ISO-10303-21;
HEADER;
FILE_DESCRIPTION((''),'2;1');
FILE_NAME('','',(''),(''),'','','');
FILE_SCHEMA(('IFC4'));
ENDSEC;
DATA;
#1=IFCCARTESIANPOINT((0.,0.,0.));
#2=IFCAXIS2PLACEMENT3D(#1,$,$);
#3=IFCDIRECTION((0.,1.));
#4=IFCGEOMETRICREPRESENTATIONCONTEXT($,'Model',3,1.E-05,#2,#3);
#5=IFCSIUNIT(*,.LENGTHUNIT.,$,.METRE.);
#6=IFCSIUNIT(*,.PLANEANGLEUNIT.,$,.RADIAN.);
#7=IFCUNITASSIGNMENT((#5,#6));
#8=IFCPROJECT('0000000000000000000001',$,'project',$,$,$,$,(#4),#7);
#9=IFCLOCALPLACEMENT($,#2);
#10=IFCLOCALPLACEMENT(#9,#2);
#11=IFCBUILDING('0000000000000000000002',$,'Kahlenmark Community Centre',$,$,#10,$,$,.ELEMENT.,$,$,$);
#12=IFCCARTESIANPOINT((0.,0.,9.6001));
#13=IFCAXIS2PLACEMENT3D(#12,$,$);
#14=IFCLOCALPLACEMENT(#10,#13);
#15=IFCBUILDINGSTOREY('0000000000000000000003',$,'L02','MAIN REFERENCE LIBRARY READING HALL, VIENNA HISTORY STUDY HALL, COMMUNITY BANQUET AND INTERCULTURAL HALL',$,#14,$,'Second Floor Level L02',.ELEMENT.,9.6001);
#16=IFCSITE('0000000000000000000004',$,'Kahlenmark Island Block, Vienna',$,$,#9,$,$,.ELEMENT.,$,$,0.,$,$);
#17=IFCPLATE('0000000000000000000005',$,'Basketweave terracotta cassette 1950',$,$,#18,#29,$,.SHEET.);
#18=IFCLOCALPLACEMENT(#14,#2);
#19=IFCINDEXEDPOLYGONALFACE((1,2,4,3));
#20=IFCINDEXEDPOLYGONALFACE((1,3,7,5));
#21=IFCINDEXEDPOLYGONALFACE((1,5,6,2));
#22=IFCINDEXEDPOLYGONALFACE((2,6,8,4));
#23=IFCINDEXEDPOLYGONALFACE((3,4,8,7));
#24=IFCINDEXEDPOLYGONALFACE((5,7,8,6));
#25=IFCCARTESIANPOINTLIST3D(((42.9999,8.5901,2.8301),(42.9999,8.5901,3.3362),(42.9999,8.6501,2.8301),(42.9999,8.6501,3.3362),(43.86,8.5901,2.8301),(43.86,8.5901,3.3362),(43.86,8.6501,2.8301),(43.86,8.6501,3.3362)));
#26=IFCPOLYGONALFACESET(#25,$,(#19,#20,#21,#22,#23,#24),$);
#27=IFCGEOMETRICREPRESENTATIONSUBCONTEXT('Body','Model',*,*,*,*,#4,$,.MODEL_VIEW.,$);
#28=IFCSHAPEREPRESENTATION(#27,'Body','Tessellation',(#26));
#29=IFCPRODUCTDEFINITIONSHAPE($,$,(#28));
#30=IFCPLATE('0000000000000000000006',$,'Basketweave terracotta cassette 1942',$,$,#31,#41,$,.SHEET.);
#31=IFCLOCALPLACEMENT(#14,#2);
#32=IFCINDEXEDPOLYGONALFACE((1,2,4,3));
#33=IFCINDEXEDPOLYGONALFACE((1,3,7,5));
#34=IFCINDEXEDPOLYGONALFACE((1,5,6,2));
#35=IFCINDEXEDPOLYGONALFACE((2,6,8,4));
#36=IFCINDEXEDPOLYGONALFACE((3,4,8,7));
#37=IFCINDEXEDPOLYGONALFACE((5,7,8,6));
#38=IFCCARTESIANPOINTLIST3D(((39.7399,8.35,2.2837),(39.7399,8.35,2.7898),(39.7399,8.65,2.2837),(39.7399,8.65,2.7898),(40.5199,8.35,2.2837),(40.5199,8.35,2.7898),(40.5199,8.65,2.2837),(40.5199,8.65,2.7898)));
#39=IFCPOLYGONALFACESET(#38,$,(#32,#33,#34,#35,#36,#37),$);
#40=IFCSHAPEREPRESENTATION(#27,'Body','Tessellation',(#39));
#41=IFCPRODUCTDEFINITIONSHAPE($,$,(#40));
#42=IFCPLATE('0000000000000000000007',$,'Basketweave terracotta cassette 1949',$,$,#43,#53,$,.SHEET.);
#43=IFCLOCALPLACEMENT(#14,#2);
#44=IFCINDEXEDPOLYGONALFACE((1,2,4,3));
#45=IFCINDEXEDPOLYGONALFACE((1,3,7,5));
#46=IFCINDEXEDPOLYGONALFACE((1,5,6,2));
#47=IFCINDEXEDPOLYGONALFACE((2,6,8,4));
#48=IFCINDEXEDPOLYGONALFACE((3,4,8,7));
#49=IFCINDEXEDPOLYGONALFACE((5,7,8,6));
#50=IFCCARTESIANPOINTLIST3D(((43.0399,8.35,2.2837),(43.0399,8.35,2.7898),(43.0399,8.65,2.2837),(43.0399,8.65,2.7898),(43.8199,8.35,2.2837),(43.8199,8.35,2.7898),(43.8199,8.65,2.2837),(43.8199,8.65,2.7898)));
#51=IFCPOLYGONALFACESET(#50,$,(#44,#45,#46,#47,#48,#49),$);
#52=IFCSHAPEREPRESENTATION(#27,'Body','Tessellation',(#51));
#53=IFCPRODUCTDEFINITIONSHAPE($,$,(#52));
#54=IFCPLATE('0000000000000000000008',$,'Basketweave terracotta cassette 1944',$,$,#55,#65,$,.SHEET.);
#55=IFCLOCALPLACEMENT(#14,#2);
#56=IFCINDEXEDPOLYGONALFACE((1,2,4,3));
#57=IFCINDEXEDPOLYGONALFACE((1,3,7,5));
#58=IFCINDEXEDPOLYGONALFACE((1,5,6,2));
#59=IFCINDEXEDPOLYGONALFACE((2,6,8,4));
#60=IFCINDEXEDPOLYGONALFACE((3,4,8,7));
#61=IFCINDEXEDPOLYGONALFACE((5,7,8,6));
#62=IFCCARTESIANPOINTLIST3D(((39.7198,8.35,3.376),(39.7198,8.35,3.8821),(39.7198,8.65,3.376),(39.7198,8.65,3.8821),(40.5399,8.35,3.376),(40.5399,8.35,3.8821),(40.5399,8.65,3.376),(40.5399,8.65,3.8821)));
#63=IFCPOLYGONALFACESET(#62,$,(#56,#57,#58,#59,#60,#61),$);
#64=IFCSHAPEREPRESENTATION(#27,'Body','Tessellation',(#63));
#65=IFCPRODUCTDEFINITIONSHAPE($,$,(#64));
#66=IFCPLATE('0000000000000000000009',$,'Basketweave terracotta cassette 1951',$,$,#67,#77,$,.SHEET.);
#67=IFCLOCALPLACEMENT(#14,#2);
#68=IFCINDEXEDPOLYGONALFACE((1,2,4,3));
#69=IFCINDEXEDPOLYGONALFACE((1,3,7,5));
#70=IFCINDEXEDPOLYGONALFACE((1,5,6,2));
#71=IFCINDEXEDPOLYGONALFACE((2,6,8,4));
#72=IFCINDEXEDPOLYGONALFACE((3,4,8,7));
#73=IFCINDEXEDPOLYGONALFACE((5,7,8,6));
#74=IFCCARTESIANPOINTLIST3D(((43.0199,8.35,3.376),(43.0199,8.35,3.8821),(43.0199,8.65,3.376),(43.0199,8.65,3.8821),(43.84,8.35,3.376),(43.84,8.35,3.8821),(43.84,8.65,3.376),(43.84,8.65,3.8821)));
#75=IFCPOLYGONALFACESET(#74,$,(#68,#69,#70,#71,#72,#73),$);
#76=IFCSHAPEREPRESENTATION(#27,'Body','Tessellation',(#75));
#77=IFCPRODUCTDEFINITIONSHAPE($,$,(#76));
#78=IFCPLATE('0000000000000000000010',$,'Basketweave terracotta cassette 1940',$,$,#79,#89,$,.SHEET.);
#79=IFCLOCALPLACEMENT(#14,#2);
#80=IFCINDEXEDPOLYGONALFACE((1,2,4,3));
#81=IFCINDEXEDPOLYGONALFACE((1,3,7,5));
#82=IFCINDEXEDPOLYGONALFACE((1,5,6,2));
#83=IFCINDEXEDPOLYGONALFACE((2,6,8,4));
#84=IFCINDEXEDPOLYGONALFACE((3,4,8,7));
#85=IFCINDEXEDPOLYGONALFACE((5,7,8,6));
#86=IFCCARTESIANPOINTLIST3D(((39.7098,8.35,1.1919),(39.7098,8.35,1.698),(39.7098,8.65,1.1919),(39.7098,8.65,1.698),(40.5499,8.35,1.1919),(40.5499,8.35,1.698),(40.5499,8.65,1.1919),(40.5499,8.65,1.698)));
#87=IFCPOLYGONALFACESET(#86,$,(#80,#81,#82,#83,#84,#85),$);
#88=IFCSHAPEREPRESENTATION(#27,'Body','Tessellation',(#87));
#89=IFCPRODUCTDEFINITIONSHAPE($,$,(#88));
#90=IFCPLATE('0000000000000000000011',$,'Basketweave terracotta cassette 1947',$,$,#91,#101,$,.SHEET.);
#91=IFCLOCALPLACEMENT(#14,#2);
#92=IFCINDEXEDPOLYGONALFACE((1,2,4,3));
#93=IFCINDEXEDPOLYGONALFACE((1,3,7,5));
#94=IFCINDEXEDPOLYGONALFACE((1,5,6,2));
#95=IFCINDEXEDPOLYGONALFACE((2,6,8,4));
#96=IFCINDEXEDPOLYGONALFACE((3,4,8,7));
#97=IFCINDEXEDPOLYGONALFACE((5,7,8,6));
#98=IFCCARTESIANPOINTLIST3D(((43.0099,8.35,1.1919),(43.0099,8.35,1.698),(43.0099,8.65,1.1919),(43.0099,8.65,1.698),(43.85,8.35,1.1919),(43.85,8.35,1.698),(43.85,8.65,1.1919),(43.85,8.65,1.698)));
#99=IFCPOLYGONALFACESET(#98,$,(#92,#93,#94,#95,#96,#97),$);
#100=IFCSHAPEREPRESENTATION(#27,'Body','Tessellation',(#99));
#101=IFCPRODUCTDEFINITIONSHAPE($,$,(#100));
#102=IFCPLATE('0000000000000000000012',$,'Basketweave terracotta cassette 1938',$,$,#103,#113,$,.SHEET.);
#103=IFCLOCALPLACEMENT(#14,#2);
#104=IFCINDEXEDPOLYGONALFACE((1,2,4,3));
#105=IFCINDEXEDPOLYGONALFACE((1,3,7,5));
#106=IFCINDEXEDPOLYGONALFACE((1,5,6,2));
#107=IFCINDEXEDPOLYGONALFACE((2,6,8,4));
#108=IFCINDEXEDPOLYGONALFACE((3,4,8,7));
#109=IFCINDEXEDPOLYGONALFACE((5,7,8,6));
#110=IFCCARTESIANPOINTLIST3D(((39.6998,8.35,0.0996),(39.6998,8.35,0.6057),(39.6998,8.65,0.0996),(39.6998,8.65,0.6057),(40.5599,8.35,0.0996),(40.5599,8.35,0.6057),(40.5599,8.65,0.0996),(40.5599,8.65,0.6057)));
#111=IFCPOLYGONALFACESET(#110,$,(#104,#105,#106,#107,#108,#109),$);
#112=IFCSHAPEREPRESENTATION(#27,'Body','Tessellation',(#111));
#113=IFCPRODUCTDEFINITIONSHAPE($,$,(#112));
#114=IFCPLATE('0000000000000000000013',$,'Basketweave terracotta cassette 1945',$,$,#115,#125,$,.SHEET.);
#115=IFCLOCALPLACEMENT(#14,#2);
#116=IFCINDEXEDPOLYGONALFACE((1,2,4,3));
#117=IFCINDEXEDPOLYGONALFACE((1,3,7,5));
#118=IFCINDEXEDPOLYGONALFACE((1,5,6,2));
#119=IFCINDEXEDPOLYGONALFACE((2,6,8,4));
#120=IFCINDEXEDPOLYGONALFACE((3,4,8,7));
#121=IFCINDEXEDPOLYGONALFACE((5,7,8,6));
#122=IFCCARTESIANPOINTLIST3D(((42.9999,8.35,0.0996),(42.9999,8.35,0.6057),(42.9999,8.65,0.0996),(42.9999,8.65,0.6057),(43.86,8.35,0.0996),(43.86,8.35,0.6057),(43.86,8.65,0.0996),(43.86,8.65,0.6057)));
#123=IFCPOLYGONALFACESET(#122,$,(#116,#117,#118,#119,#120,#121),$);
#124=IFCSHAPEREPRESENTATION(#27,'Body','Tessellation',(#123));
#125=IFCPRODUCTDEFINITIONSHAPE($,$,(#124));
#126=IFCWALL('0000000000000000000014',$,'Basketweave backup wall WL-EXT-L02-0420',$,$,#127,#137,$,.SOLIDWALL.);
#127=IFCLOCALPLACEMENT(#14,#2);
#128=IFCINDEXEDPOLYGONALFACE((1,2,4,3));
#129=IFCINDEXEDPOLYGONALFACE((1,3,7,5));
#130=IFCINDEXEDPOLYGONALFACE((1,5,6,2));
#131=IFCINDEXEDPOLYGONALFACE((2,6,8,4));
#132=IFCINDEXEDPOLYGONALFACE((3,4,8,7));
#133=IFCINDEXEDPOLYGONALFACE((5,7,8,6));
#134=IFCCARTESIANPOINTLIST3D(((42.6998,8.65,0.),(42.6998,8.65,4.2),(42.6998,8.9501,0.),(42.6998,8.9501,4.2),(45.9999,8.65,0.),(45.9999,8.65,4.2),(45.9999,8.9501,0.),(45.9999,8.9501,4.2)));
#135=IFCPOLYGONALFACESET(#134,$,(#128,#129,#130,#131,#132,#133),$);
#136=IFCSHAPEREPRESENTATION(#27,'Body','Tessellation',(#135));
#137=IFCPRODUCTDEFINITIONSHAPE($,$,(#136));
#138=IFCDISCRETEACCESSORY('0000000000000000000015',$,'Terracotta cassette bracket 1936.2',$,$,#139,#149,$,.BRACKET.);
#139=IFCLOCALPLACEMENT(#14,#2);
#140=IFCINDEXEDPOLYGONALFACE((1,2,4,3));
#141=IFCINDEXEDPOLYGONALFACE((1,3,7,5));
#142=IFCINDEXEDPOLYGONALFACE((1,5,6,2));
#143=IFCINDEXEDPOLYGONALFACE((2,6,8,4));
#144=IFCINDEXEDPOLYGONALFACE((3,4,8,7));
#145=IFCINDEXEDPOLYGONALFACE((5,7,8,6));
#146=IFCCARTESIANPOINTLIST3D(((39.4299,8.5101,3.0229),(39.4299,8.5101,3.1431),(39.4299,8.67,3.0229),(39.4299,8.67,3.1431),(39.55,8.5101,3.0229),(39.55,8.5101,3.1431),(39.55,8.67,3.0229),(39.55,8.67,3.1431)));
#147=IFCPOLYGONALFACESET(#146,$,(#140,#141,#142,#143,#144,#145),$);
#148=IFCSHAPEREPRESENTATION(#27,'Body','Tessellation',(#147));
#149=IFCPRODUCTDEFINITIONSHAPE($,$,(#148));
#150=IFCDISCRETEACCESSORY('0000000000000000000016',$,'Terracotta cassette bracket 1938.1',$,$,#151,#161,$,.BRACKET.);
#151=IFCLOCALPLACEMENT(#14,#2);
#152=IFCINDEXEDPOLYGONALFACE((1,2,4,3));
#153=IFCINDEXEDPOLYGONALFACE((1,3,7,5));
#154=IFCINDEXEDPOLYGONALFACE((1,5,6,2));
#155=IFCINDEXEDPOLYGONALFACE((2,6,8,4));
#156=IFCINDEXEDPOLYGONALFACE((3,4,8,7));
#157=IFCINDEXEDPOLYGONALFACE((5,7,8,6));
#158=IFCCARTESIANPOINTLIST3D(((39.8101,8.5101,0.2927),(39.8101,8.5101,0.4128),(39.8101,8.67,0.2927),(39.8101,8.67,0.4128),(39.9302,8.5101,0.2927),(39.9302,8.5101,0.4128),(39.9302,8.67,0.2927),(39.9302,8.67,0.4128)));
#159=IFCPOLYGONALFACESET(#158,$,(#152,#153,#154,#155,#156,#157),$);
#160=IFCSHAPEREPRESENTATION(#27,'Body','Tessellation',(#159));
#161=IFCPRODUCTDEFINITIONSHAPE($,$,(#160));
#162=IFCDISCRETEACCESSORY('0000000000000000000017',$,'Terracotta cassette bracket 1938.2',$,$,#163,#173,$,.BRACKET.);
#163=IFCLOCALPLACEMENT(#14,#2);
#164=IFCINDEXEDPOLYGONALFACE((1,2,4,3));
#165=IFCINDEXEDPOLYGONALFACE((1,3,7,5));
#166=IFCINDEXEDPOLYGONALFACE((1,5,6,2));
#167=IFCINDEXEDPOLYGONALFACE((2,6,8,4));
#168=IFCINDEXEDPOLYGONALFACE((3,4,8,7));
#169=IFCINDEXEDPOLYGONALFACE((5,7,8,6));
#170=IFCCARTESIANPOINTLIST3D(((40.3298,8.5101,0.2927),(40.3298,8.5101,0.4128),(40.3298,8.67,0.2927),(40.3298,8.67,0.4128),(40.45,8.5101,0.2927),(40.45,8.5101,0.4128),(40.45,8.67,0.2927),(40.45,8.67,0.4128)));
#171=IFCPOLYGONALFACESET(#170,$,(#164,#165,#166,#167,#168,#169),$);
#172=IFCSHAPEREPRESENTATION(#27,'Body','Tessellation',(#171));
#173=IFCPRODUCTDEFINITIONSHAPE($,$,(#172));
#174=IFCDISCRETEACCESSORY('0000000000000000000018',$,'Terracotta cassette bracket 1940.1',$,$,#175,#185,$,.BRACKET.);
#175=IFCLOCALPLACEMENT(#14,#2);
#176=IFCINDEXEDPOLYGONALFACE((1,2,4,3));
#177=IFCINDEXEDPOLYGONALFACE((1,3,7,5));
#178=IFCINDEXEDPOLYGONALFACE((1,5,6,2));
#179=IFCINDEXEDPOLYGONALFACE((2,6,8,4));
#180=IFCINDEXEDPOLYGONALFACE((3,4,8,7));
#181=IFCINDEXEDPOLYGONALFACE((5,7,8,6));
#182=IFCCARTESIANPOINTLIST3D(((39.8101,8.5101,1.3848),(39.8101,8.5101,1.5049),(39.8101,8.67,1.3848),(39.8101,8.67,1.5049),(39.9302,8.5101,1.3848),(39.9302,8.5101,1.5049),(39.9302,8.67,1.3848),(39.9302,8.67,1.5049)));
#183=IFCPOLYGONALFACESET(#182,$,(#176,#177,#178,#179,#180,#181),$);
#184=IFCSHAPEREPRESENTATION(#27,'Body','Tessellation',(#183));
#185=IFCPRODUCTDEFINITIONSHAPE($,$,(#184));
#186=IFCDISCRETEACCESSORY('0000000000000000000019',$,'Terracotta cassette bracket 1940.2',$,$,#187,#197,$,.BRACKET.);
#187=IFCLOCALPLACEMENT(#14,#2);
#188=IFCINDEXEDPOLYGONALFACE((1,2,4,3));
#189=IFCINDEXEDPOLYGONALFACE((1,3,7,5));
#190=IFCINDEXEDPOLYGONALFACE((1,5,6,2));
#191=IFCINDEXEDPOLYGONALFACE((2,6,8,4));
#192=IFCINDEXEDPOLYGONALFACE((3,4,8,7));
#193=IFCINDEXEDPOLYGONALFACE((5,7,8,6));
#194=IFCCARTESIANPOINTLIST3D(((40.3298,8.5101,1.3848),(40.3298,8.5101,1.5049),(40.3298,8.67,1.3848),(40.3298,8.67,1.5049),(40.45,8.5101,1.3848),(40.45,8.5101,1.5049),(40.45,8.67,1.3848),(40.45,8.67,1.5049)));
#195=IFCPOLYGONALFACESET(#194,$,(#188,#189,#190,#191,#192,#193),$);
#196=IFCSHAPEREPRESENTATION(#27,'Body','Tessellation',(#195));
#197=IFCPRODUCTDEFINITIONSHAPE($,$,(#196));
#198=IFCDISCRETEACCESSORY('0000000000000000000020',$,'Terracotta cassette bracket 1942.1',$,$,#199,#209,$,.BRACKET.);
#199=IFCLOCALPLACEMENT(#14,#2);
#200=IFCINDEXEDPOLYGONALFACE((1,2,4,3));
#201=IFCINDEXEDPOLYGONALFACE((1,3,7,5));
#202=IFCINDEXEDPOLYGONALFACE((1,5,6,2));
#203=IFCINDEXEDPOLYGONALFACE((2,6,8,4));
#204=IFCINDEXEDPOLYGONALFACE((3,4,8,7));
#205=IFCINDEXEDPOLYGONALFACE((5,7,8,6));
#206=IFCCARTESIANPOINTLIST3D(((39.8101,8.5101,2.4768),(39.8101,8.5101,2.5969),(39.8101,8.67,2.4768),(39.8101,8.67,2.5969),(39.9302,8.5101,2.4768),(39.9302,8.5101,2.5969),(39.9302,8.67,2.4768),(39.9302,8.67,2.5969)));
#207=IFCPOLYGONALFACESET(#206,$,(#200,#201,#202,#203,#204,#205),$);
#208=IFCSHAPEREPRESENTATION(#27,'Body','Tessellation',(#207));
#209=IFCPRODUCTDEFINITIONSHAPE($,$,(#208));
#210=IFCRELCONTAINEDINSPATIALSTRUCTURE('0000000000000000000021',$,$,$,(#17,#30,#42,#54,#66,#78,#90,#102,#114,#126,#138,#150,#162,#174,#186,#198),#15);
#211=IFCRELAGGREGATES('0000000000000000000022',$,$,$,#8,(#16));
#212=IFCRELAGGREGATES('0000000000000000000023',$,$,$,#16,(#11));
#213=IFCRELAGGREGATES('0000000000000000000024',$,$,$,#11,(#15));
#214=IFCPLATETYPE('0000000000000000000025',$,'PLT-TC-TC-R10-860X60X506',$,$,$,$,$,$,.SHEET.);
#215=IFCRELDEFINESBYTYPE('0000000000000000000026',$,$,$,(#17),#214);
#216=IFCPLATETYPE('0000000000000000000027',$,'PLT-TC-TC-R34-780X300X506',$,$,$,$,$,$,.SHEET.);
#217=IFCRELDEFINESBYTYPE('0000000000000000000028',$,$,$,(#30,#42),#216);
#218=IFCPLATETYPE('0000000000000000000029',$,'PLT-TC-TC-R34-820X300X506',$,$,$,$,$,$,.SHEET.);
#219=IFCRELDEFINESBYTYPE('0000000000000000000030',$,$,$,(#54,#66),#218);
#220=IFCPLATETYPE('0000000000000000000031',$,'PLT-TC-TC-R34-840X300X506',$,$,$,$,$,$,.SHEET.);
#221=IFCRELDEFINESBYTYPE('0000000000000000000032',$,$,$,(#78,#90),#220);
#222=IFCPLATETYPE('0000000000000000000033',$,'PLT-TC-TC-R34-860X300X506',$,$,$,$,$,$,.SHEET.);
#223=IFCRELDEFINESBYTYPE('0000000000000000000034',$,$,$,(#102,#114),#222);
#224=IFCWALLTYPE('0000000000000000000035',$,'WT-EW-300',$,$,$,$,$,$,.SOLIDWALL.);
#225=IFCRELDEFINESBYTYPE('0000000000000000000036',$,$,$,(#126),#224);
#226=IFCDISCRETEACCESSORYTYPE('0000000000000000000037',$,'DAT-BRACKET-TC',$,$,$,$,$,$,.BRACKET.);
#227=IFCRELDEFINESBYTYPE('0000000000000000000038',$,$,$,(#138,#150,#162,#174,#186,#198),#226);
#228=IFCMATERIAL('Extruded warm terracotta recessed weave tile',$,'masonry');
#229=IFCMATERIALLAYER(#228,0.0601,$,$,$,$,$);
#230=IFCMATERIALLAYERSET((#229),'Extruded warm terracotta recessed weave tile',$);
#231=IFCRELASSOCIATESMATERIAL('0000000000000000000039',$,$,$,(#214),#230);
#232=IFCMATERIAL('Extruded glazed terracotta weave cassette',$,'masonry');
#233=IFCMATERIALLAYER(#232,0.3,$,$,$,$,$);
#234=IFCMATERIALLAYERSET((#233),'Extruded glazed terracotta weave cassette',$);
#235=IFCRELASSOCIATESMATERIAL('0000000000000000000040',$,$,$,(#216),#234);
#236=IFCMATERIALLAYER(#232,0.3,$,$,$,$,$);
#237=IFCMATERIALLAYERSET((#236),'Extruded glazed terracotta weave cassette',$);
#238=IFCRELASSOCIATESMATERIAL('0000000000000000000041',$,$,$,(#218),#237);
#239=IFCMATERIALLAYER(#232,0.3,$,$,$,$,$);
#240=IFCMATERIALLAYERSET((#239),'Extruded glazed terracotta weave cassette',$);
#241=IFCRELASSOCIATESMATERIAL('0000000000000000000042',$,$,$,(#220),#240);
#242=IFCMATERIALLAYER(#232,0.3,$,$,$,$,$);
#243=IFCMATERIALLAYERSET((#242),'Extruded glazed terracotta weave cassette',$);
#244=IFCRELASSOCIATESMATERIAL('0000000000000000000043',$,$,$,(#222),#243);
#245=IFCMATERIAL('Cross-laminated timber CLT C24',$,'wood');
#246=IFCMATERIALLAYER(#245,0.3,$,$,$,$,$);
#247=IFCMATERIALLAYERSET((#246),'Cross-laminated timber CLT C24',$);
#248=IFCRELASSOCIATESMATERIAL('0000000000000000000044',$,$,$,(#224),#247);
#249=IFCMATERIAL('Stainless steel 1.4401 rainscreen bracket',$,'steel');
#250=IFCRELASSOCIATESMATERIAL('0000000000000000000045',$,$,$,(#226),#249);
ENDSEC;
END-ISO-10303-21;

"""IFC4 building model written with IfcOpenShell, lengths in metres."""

from ifc_helpers import new_model, si_unit, direction, frame, frame_2d, origin, origin_2d, place, context, subcontext, project, spatial, rectangle, extrude, material, layer, layer_set, type_object, element, save


model = new_model("IFC4")

# Units and contexts
model_context = context("Model", 3, precision=1e-05, world=origin(), true_north=direction((0.0, 1.0)))
body_context = subcontext(model_context, "Body", "Model", "MODEL_VIEW")
ifc_project = project(units=[si_unit("LENGTHUNIT", "METRE"), si_unit("PLANEANGLEUNIT", "RADIAN")], contexts=[model_context])

# Site, building, storey
site_placement = place(None, origin())
site = spatial("IfcSite", under=ifc_project, at=site_placement, Name="Kahlenmark Island Block, Vienna", CompositionType="ELEMENT", RefElevation=0.0)
building_placement = place(site_placement, origin())
building = spatial("IfcBuilding", under=site, at=building_placement, Name="Kahlenmark Community Centre", CompositionType="ELEMENT")
storey_placement = place(building_placement, frame((0.0, 0.0, 9.6001)))
storey = spatial("IfcBuildingStorey", under=building, at=storey_placement, Name="L02", Description="MAIN REFERENCE LIBRARY READING HALL, VIENNA HISTORY STUDY HALL, COMMUNITY BANQUET AND INTERCULTURAL HALL", LongName="Second Floor Level L02", CompositionType="ELEMENT", Elevation=9.6001)

# Plates
ifc_material_1 = material(Name="Extruded warm terracotta recessed weave tile", Category="masonry")
ifc_layer_1 = layer(ifc_material_1, 0.0601)
ifc_layer_set_1 = layer_set([ifc_layer_1], Name="Extruded warm terracotta recessed weave tile")
plate_type_1 = type_object("IfcPlateType", Name="PLT-TC-TC-R10-860X60X506", PredefinedType="SHEET", material=ifc_layer_set_1)
for number, where, z_axis, x_axis, name in (
    (1, (43.4299, 8.6201, 2.8301), (0.0, 0.0, 1.0), (1.0, 0.0, 0.0), "Basketweave terracotta cassette 1950"),
):
    element("IfcPlate", number, at=place(storey_placement, frame(where, z_axis=z_axis, x_axis=x_axis)), inside=storey, type_object=plate_type_1, Name=name, PredefinedType="SHEET", context=body_context, shape_type="SweptSolid", body=[
        extrude(rectangle(XDim=0.8601, YDim=0.0601, at=origin_2d()), origin(), (0.0, 0.0, 1.0), 0.5061),
    ])
ifc_material_2 = material(Name="Extruded glazed terracotta weave cassette", Category="masonry")
ifc_layer_2 = layer(ifc_material_2, 0.3)
ifc_layer_set_2 = layer_set([ifc_layer_2], Name="Extruded glazed terracotta weave cassette")
plate_type_2 = type_object("IfcPlateType", Name="PLT-TC-TC-R34-780X300X506", PredefinedType="SHEET", material=ifc_layer_set_2)
for number, where, z_axis, x_axis, name in (
    (2, (40.1299, 8.5, 2.2837), (0.0, 0.0, 1.0), (1.0, 0.0, 0.0), "Basketweave terracotta cassette 1942"),
    (3, (43.4299, 8.5, 2.2837), (0.0, 0.0, 1.0), (1.0, 0.0, 0.0), "Basketweave terracotta cassette 1949"),
):
    element("IfcPlate", number, at=place(storey_placement, frame(where, z_axis=z_axis, x_axis=x_axis)), inside=storey, type_object=plate_type_2, Name=name, PredefinedType="SHEET", context=body_context, shape_type="SweptSolid", body=[
        extrude(rectangle(XDim=0.78, YDim=0.3, at=origin_2d()), origin(), (0.0, 0.0, 1.0), 0.5061),
    ])
ifc_layer_3 = layer(ifc_material_2, 0.3)
ifc_layer_set_3 = layer_set([ifc_layer_3], Name="Extruded glazed terracotta weave cassette")
plate_type_3 = type_object("IfcPlateType", Name="PLT-TC-TC-R34-820X300X506", PredefinedType="SHEET", material=ifc_layer_set_3)
for number, where, z_axis, x_axis, name in (
    (4, (40.1299, 8.5, 3.376), (0.0, 0.0, 1.0), (1.0, 0.0, 0.0), "Basketweave terracotta cassette 1944"),
    (5, (43.4299, 8.5, 3.376), (0.0, 0.0, 1.0), (1.0, 0.0, 0.0), "Basketweave terracotta cassette 1951"),
):
    element("IfcPlate", number, at=place(storey_placement, frame(where, z_axis=z_axis, x_axis=x_axis)), inside=storey, type_object=plate_type_3, Name=name, PredefinedType="SHEET", context=body_context, shape_type="SweptSolid", body=[
        extrude(rectangle(XDim=0.8201, YDim=0.3, at=origin_2d()), origin(), (0.0, 0.0, 1.0), 0.5061),
    ])
ifc_layer_4 = layer(ifc_material_2, 0.3)
ifc_layer_set_4 = layer_set([ifc_layer_4], Name="Extruded glazed terracotta weave cassette")
plate_type_4 = type_object("IfcPlateType", Name="PLT-TC-TC-R34-840X300X506", PredefinedType="SHEET", material=ifc_layer_set_4)
for number, where, z_axis, x_axis, name in (
    (6, (40.1299, 8.5, 1.1919), (0.0, 0.0, 1.0), (1.0, 0.0, 0.0), "Basketweave terracotta cassette 1940"),
    (7, (43.4299, 8.5, 1.1919), (0.0, 0.0, 1.0), (1.0, 0.0, 0.0), "Basketweave terracotta cassette 1947"),
):
    element("IfcPlate", number, at=place(storey_placement, frame(where, z_axis=z_axis, x_axis=x_axis)), inside=storey, type_object=plate_type_4, Name=name, PredefinedType="SHEET", context=body_context, shape_type="SweptSolid", body=[
        extrude(rectangle(XDim=0.8401, YDim=0.3, at=origin_2d()), origin(), (0.0, 0.0, 1.0), 0.5061),
    ])
ifc_layer_5 = layer(ifc_material_2, 0.3)
ifc_layer_set_5 = layer_set([ifc_layer_5], Name="Extruded glazed terracotta weave cassette")
plate_type_5 = type_object("IfcPlateType", Name="PLT-TC-TC-R34-860X300X506", PredefinedType="SHEET", material=ifc_layer_set_5)
for number, where, z_axis, x_axis, name in (
    (8, (40.1299, 8.5, 0.0996), (0.0, 0.0, 1.0), (1.0, 0.0, 0.0), "Basketweave terracotta cassette 1938"),
    (9, (43.4299, 8.5, 0.0996), (0.0, 0.0, 1.0), (1.0, 0.0, 0.0), "Basketweave terracotta cassette 1945"),
):
    element("IfcPlate", number, at=place(storey_placement, frame(where, z_axis=z_axis, x_axis=x_axis)), inside=storey, type_object=plate_type_5, Name=name, PredefinedType="SHEET", context=body_context, shape_type="SweptSolid", body=[
        extrude(rectangle(XDim=0.8601, YDim=0.3, at=origin_2d()), origin(), (0.0, 0.0, 1.0), 0.5061),
    ])

# Wall
ifc_material_3 = material(Name="Cross-laminated timber CLT C24", Category="wood")
ifc_layer_6 = layer(ifc_material_3, 0.3)
ifc_layer_set_6 = layer_set([ifc_layer_6], Name="Cross-laminated timber CLT C24")
wall_type = type_object("IfcWallType", Name="WT-EW-300", PredefinedType="SOLIDWALL", material=ifc_layer_set_6)
wall_placement = place(storey_placement, frame((42.7, 8.8, 0.0), z_axis=(0.0, 0.0, 1.0), x_axis=(1.0, 0.0, 0.0)))
element("IfcWall", 10, at=wall_placement, inside=storey, type_object=wall_type, Name="Basketweave backup wall WL-EXT-L02-0420", PredefinedType="SOLIDWALL", context=body_context, shape_type="SweptSolid", body=[
    extrude(rectangle(XDim=3.3, YDim=0.3, at=frame_2d((1.6499, 0.0))), origin(), (0.0, 0.0, 1.0), 4.2),
])

# Discrete accessories
ifc_material_4 = material(Name="Stainless steel 1.4401 rainscreen bracket", Category="steel")
discrete_accessory_type = type_object("IfcDiscreteAccessoryType", Name="DAT-BRACKET-TC", PredefinedType="BRACKET", material=ifc_material_4)
for number, where, z_axis, x_axis, name in (
    (11, (39.49, 8.5901, 3.0229), (0.0, 0.0, 1.0), (1.0, 0.0, 0.0), "Terracotta cassette bracket 1936.2"),
    (12, (39.8701, 8.5901, 0.2927), (0.0, 0.0, 1.0), (1.0, 0.0, 0.0), "Terracotta cassette bracket 1938.1"),
    (13, (40.3899, 8.5901, 0.2927), (0.0, 0.0, 1.0), (1.0, 0.0, 0.0), "Terracotta cassette bracket 1938.2"),
    (14, (39.8701, 8.5901, 1.3848), (0.0, 0.0, 1.0), (1.0, 0.0, 0.0), "Terracotta cassette bracket 1940.1"),
    (15, (40.3899, 8.5901, 1.3848), (0.0, 0.0, 1.0), (1.0, 0.0, 0.0), "Terracotta cassette bracket 1940.2"),
    (16, (39.8701, 8.5901, 2.4768), (0.0, 0.0, 1.0), (1.0, 0.0, 0.0), "Terracotta cassette bracket 1942.1"),
):
    element("IfcDiscreteAccessory", number, at=place(storey_placement, frame(where, z_axis=z_axis, x_axis=x_axis)), inside=storey, type_object=discrete_accessory_type, Name=name, PredefinedType="BRACKET", context=body_context, shape_type="SweptSolid", body=[
        extrude(rectangle(XDim=0.1201, YDim=0.1599, at=origin_2d()), origin(), (0.0, 0.0, 1.0), 0.1201),
    ])

save(model, "model.ifc")
